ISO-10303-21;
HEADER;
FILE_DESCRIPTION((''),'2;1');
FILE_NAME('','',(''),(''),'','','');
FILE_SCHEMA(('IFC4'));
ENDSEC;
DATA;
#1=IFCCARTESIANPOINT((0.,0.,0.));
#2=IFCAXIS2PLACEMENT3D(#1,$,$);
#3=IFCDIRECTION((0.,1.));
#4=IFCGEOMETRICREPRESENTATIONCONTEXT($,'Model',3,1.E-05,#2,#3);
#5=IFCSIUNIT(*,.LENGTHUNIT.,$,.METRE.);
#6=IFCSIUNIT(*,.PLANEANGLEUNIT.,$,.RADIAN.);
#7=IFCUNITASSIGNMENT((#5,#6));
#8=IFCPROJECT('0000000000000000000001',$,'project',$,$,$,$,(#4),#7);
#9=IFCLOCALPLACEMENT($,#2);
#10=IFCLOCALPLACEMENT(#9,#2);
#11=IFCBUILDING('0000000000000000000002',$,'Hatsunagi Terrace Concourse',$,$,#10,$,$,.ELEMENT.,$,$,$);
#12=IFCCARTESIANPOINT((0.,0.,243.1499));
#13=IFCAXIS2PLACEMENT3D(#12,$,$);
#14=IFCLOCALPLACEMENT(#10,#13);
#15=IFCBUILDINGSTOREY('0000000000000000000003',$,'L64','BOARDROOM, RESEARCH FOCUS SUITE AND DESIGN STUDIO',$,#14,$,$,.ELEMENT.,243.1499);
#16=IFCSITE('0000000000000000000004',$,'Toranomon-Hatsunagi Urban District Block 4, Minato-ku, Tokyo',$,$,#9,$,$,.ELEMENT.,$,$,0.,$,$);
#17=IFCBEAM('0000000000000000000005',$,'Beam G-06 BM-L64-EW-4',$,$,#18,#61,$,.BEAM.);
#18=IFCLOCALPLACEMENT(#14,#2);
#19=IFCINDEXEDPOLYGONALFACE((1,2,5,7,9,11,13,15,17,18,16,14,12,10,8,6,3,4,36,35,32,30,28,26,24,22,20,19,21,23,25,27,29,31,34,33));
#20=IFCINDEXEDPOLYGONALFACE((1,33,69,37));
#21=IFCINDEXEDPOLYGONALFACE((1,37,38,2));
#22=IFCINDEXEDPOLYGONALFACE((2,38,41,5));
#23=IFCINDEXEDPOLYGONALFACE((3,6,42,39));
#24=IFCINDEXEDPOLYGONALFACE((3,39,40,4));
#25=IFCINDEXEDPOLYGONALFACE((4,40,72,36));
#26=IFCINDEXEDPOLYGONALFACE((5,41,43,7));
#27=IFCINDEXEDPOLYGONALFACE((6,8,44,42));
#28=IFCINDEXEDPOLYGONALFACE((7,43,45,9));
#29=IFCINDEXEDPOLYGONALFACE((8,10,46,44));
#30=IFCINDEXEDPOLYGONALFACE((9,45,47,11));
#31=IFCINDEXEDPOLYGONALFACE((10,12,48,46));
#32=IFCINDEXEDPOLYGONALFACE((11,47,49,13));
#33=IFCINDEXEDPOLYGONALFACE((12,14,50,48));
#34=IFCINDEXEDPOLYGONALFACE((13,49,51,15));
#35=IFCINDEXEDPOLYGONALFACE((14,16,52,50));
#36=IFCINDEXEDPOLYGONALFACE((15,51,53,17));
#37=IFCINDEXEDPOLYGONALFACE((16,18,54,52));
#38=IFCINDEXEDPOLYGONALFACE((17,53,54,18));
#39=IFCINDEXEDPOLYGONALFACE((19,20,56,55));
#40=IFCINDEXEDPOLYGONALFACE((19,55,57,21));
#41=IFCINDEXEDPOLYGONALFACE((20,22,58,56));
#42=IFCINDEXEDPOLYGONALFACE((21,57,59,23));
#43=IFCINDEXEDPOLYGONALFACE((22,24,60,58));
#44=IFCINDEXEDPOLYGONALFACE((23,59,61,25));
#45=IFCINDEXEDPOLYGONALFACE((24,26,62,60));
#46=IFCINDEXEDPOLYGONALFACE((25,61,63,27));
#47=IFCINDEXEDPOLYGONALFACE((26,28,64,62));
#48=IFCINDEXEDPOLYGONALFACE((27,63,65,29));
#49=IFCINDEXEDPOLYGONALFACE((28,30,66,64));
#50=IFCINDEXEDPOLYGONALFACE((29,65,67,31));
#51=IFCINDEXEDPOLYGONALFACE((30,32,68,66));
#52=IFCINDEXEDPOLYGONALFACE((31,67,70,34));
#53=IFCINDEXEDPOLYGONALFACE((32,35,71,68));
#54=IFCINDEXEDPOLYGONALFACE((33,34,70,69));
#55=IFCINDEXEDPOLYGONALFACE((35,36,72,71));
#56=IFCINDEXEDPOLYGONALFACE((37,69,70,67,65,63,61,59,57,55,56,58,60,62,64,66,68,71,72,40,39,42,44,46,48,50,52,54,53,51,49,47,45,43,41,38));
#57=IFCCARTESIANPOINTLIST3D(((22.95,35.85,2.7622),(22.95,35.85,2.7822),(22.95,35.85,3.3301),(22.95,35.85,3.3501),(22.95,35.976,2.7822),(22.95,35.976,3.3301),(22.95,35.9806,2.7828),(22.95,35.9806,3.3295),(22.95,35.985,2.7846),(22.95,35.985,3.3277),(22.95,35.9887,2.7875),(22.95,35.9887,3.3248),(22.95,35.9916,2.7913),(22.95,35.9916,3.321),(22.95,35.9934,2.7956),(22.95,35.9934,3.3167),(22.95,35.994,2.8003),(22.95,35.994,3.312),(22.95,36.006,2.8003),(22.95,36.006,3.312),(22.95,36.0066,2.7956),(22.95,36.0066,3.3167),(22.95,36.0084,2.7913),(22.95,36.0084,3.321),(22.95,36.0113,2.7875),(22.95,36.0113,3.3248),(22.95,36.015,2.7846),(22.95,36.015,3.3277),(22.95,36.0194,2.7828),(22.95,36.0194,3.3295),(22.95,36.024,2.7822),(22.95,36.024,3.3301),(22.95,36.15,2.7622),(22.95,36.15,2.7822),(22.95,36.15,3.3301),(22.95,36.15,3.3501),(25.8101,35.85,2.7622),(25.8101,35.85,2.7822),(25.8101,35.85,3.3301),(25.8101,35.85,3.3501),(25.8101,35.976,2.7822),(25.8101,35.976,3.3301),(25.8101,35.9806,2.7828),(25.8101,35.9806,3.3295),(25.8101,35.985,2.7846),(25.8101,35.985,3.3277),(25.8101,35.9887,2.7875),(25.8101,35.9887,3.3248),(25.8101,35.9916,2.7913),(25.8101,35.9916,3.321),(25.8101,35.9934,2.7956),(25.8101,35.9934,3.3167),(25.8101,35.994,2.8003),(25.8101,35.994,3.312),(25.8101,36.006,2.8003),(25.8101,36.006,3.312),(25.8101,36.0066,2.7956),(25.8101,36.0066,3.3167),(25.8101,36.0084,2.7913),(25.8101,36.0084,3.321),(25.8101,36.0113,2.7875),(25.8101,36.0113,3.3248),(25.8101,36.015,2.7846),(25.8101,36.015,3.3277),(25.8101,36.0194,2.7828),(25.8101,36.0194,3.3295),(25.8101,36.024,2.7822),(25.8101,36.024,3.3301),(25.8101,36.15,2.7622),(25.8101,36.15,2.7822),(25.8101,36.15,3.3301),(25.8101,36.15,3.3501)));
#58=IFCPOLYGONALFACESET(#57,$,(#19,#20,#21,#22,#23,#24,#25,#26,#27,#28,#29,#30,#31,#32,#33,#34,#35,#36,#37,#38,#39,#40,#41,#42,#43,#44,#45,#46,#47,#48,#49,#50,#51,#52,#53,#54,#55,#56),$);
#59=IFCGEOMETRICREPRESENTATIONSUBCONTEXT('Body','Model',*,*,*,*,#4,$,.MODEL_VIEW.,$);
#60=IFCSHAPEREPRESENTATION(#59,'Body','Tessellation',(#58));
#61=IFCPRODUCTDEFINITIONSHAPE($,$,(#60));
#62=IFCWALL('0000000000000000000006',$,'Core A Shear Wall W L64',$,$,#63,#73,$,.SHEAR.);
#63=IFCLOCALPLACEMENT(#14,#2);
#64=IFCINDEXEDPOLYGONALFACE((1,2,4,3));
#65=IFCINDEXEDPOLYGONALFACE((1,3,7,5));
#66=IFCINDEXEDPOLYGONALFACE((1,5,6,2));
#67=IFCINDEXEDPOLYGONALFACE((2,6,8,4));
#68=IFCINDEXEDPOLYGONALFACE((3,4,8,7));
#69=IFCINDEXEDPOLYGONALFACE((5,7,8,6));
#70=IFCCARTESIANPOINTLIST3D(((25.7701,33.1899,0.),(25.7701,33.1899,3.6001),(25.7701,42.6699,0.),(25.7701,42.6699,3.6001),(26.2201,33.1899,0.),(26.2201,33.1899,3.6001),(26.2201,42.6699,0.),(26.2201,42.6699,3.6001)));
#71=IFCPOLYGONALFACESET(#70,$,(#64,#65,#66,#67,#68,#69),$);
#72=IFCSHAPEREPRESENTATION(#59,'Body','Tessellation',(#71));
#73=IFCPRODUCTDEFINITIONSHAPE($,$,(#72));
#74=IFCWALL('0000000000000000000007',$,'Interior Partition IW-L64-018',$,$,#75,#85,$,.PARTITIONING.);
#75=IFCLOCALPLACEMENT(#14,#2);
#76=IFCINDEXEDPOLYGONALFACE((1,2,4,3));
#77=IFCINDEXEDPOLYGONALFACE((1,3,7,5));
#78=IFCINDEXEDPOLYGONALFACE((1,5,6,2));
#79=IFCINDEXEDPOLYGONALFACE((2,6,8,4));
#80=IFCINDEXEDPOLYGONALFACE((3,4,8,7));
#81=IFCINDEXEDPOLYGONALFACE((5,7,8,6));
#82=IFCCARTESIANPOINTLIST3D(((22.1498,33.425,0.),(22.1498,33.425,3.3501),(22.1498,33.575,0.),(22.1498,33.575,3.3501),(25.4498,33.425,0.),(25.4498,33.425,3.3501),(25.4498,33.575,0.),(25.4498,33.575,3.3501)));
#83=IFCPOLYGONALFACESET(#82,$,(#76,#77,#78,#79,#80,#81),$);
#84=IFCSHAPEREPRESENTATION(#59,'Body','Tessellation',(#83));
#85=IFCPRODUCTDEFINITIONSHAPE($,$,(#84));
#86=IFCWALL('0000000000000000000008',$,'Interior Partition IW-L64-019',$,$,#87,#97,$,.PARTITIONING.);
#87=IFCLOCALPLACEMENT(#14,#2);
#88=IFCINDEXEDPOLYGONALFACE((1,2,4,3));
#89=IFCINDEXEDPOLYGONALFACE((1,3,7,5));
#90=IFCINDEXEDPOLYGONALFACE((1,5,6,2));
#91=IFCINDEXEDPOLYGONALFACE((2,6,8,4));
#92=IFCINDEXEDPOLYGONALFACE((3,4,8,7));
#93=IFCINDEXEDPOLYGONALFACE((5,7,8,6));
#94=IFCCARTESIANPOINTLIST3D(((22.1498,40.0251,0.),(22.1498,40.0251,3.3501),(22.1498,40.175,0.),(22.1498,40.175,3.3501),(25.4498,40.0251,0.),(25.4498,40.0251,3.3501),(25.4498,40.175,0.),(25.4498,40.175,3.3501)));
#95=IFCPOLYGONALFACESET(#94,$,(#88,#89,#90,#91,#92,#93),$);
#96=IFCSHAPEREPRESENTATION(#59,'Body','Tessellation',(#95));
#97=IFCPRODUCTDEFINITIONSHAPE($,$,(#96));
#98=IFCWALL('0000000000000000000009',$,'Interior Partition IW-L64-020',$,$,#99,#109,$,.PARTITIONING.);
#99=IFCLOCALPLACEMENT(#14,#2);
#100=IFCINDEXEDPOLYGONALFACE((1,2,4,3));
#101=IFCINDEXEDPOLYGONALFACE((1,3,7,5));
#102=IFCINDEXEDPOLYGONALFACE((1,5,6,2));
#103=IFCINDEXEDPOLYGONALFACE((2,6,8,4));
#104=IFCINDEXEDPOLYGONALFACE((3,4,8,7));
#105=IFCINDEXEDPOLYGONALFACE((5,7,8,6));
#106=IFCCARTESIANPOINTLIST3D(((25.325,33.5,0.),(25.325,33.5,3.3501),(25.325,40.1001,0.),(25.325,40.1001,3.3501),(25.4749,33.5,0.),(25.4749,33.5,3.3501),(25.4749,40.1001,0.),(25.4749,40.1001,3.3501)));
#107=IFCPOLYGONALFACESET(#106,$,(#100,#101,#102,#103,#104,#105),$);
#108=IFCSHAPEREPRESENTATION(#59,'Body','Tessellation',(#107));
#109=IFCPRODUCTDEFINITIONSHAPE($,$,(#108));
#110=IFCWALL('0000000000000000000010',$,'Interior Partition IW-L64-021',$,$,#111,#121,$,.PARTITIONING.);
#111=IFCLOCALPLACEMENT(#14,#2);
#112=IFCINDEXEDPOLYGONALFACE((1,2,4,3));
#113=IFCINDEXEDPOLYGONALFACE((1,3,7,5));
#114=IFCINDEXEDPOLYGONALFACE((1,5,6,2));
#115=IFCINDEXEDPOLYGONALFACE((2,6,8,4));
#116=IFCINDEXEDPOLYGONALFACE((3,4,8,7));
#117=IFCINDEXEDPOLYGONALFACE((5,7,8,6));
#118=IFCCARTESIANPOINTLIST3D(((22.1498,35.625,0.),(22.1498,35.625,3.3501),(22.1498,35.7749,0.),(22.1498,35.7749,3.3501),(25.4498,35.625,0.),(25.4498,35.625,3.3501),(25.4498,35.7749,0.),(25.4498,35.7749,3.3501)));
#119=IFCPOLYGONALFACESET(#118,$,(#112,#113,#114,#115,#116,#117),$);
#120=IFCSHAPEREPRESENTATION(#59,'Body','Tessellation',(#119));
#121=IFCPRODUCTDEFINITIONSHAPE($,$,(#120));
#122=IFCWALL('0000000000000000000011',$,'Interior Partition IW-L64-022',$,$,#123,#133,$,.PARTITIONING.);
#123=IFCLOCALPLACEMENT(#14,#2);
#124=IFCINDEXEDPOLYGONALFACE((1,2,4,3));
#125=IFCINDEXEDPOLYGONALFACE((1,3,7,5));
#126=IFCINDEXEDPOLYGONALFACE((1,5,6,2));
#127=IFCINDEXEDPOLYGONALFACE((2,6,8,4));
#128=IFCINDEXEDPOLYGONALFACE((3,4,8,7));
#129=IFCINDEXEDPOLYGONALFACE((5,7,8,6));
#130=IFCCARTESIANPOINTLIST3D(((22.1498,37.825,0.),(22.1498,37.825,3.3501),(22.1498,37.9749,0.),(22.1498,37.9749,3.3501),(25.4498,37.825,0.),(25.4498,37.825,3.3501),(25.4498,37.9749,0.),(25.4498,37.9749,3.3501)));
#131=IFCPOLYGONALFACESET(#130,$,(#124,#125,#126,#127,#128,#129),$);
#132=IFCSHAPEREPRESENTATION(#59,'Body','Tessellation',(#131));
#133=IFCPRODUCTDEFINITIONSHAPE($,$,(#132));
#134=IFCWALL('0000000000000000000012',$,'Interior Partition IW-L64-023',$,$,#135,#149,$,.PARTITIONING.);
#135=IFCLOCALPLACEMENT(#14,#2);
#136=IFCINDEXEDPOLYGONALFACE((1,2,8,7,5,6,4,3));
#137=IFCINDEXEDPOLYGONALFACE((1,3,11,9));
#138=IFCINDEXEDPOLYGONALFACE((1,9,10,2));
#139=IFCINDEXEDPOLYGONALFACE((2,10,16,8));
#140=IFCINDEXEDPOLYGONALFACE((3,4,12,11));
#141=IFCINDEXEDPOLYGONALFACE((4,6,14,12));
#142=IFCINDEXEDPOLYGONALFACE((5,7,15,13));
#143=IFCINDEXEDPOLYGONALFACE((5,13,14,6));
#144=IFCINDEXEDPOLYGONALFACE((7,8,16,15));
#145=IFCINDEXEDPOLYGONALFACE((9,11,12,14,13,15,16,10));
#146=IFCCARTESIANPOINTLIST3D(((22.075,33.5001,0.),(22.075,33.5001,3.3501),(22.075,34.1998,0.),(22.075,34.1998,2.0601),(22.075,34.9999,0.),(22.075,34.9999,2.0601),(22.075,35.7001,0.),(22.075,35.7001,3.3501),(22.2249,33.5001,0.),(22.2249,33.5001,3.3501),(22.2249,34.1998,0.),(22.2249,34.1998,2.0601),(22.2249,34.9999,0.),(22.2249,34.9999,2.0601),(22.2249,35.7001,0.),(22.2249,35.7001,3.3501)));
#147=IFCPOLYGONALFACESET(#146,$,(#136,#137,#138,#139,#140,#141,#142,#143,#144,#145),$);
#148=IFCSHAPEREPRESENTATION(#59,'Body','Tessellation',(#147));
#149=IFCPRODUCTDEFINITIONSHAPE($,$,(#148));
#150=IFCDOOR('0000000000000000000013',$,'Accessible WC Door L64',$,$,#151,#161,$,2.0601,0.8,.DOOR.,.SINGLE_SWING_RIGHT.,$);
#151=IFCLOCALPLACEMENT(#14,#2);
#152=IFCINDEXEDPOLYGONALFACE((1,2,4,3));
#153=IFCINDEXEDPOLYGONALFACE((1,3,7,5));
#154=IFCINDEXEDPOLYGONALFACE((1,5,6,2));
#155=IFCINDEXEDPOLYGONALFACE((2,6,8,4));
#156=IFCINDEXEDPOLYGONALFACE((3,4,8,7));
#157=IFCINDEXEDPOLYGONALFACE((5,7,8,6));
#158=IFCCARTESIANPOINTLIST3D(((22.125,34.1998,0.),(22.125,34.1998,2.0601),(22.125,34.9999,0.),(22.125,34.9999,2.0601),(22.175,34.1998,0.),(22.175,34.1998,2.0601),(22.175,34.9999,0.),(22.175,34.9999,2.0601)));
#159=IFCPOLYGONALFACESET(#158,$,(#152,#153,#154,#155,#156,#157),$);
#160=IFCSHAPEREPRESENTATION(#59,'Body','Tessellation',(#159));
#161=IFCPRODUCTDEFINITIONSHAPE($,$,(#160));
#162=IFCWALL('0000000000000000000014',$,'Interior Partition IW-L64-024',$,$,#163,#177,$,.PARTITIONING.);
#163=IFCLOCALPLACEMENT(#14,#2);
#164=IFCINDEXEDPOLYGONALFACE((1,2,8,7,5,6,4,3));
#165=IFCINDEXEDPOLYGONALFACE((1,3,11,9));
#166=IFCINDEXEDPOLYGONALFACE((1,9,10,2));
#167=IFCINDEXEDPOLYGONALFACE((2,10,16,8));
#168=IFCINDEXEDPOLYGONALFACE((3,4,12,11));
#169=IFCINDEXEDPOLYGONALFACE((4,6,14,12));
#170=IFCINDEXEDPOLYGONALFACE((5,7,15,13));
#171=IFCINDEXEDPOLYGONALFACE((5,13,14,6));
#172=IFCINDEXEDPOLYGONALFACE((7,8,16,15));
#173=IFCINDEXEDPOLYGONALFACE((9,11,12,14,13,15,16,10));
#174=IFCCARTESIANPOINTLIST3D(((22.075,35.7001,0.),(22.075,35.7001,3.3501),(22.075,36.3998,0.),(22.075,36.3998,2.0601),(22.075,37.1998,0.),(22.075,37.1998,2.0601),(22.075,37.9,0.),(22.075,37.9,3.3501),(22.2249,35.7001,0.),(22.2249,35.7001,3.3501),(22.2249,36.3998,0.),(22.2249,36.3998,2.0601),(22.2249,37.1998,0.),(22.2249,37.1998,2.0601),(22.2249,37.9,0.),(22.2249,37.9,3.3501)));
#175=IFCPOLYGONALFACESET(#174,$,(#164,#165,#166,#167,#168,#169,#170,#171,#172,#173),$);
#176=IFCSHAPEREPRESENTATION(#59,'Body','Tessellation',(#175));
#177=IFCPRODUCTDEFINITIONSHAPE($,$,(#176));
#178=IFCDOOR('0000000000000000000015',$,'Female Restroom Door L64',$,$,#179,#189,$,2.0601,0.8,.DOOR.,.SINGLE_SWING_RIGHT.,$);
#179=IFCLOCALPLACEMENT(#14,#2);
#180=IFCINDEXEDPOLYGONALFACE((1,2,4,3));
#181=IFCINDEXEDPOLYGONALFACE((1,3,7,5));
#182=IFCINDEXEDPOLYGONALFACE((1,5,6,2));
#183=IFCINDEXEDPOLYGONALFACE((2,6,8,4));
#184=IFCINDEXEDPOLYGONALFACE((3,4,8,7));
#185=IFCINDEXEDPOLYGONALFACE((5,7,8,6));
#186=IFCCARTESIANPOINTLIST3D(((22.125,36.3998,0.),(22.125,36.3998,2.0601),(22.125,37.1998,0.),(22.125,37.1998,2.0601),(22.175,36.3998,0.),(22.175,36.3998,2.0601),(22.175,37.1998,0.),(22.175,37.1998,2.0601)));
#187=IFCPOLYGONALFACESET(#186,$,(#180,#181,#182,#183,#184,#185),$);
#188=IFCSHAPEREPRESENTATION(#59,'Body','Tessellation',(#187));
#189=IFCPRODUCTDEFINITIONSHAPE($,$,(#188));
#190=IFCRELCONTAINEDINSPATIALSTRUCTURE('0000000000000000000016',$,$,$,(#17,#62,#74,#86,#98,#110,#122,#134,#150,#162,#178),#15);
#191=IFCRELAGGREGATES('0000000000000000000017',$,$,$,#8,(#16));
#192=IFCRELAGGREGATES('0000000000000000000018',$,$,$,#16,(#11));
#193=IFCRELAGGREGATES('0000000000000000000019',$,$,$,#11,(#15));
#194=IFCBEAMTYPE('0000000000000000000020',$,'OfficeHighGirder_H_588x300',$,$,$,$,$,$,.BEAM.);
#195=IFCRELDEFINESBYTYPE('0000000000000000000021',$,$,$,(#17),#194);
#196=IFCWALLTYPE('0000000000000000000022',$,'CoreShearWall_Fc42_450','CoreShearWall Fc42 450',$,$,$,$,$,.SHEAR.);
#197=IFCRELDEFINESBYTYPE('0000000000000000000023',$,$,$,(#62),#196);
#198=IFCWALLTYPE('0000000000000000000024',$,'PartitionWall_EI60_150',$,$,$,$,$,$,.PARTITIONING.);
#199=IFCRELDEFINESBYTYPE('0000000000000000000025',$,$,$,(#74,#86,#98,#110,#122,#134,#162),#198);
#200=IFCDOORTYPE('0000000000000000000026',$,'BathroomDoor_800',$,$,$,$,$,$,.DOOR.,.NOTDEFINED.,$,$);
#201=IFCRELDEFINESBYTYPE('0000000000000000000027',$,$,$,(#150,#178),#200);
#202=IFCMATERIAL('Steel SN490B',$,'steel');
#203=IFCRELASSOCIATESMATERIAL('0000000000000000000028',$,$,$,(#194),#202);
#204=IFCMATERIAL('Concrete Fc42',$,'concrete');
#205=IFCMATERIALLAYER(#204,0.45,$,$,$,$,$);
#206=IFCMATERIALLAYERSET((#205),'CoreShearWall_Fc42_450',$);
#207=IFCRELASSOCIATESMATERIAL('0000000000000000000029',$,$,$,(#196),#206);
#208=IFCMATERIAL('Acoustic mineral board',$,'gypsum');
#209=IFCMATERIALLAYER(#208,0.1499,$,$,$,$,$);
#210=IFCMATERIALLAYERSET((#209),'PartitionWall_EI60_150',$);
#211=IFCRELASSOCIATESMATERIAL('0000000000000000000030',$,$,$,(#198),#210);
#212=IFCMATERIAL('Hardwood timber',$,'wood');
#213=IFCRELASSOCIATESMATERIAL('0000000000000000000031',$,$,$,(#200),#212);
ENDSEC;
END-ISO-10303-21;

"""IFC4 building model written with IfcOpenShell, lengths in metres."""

from ifc_helpers import new_model, si_unit, direction, frame, frame_2d, origin, origin_2d, place, context, subcontext, project, spatial, rectangle, i_section, extrude, material, layer, layer_set, material_profile, profile_set, type_object, element, fill, save


model = new_model("IFC4")

# Units and contexts
model_context = context("Model", 3, precision=1e-05, world=origin(), true_north=direction((0.0, 1.0)))
body_context = subcontext(model_context, "Body", "Model", "MODEL_VIEW")
ifc_project = project(units=[si_unit("LENGTHUNIT", "METRE"), si_unit("PLANEANGLEUNIT", "RADIAN")], contexts=[model_context])

# Site, building, storey
site_placement = place(None, origin())
site = spatial("IfcSite", under=ifc_project, at=site_placement, Name="Toranomon-Hatsunagi Urban District Block 4, Minato-ku, Tokyo", CompositionType="ELEMENT", RefElevation=0.0)
building_placement = place(site_placement, origin())
building = spatial("IfcBuilding", under=site, at=building_placement, Name="Hatsunagi Terrace Concourse", CompositionType="ELEMENT")
storey_placement = place(building_placement, frame((0.0, 0.0, 243.1499)))
storey = spatial("IfcBuildingStorey", under=building, at=storey_placement, Name="L64", Description="BOARDROOM, RESEARCH FOCUS SUITE AND DESIGN STUDIO", CompositionType="ELEMENT", Elevation=243.1499)

# Beam
ifc_material_1 = material(Name="Steel SN490B", Category="steel")
ifc_material_profile = material_profile(ifc_material_1, i_section(OverallWidth=0.3, OverallDepth=0.5879, WebThickness=0.012, FlangeThickness=0.02, FilletRadius=0.0181, at=origin_2d()), Name="H-588x300x12x20")
ifc_profile_set = profile_set([ifc_material_profile], Name="Steel SN490B")
beam_type = type_object("IfcBeamType", Name="OfficeHighGirder_H_588x300", PredefinedType="BEAM", material=ifc_profile_set)
beam_placement = place(storey_placement, frame((22.95, 36.0, 3.0562), z_axis=(1.0, 0.0, 0.0), x_axis=(0.0, 1.0, 0.0)))
element("IfcBeam", 1, at=beam_placement, inside=storey, type_object=beam_type, Name="Beam G-06 BM-L64-EW-4", PredefinedType="BEAM", context=body_context, shape_type="SweptSolid", body=[
    extrude(i_section(OverallWidth=0.3, OverallDepth=0.5879, WebThickness=0.012, FlangeThickness=0.02, FilletRadius=0.0181, at=origin_2d()), origin(), (0.0, 0.0, 1.0), 2.8601),
])

# Walls
ifc_material_2 = material(Name="Concrete Fc42", Category="concrete")
ifc_layer_1 = layer(ifc_material_2, 0.45)
ifc_layer_set_1 = layer_set([ifc_layer_1], Name="CoreShearWall_Fc42_450")
wall_type_1 = type_object("IfcWallType", Name="CoreShearWall_Fc42_450", Description="CoreShearWall Fc42 450", PredefinedType="SHEAR", material=ifc_layer_set_1)
wall_1_placement = place(storey_placement, frame((25.9951, 33.1899, 0.0), z_axis=(0.0, 0.0, 1.0), x_axis=(0.0, 1.0, 0.0)))
element("IfcWall", 2, at=wall_1_placement, inside=storey, type_object=wall_type_1, Name="Core A Shear Wall W L64", PredefinedType="SHEAR", context=body_context, shape_type="SweptSolid", body=[
    extrude(rectangle(XDim=9.48, YDim=0.45, at=frame_2d((4.74, 0.0))), origin(), (0.0, 0.0, 1.0), 3.6001),
])
ifc_material_3 = material(Name="Acoustic mineral board", Category="gypsum")
ifc_layer_2 = layer(ifc_material_3, 0.1499)
ifc_layer_set_2 = layer_set([ifc_layer_2], Name="PartitionWall_EI60_150")
wall_type_2 = type_object("IfcWallType", Name="PartitionWall_EI60_150", PredefinedType="PARTITIONING", material=ifc_layer_set_2)
for number, where, z_axis, x_axis, name in (
    (3, (22.1499, 33.5, 0.0), (0.0, 0.0, 1.0), (1.0, 0.0, 0.0), "Interior Partition IW-L64-018"),
    (4, (22.1499, 40.1001, 0.0), (0.0, 0.0, 1.0), (1.0, 0.0, 0.0), "Interior Partition IW-L64-019"),
):
    element("IfcWall", number, at=place(storey_placement, frame(where, z_axis=z_axis, x_axis=x_axis)), inside=storey, type_object=wall_type_2, Name=name, PredefinedType="PARTITIONING", context=body_context, shape_type="SweptSolid", body=[
        extrude(rectangle(XDim=3.3, YDim=0.1499, at=frame_2d((1.6499, 0.0))), origin(), (0.0, 0.0, 1.0), 3.3501),
    ])
wall_2_placement = place(storey_placement, frame((25.3999, 33.5, 0.0), z_axis=(0.0, 0.0, 1.0), x_axis=(0.0, 1.0, 0.0)))
element("IfcWall", 5, at=wall_2_placement, inside=storey, type_object=wall_type_2, Name="Interior Partition IW-L64-020", PredefinedType="PARTITIONING", context=body_context, shape_type="SweptSolid", body=[
    extrude(rectangle(XDim=6.6001, YDim=0.1499, at=frame_2d((3.3, 0.0))), origin(), (0.0, 0.0, 1.0), 3.3501),
])
for number, where, z_axis, x_axis, name in (
    (6, (22.1499, 35.7, 0.0), (0.0, 0.0, 1.0), (1.0, 0.0, 0.0), "Interior Partition IW-L64-021"),
    (7, (22.1499, 37.8999, 0.0), (0.0, 0.0, 1.0), (1.0, 0.0, 0.0), "Interior Partition IW-L64-022"),
):
    element("IfcWall", number, at=place(storey_placement, frame(where, z_axis=z_axis, x_axis=x_axis)), inside=storey, type_object=wall_type_2, Name=name, PredefinedType="PARTITIONING", context=body_context, shape_type="SweptSolid", body=[
        extrude(rectangle(XDim=3.3, YDim=0.1499, at=frame_2d((1.6499, 0.0))), origin(), (0.0, 0.0, 1.0), 3.3501),
    ])

# Walls, openings, doors
wall_3_placement = place(storey_placement, frame((22.1499, 33.5, 0.0), z_axis=(0.0, 0.0, 1.0), x_axis=(0.0, 1.0, 0.0)))
wall_3 = element("IfcWall", 8, at=wall_3_placement, inside=storey, type_object=wall_type_2, Name="Interior Partition IW-L64-023", PredefinedType="PARTITIONING", context=body_context, shape_type="SweptSolid", body=[
    extrude(rectangle(XDim=2.2, YDim=0.1499, at=frame_2d((1.1001, 0.0))), origin(), (0.0, 0.0, 1.0), 3.3501),
])
opening_1_placement = place(wall_3_placement, frame((0.7, 0.0, 0.0)))
opening_1 = element("IfcOpeningElement", 9, at=opening_1_placement, cuts=wall_3, PredefinedType="OPENING", context=body_context, shape_type="SweptSolid", body=[
    extrude(rectangle(XDim=0.8, YDim=2.0601, at=frame_2d((0.3999, 1.03))), frame((0.0, 0.085, 0.0), z_axis=(0.0, -1.0, 0.0), x_axis=(1.0, 0.0, 0.0)), (0.0, 0.0, 1.0), 0.1699),
])
ifc_material_4 = material(Name="Hardwood timber", Category="wood")
door_type = type_object("IfcDoorType", Name="BathroomDoor_800", OperationType="NOTDEFINED", PredefinedType="DOOR", material=ifc_material_4)
door_1_placement = place(opening_1_placement, origin())
door_1 = element("IfcDoor", 10, at=door_1_placement, inside=storey, type_object=door_type, Name="Accessible WC Door L64", OperationType="SINGLE_SWING_RIGHT", OverallHeight=2.0601, OverallWidth=0.8, PredefinedType="DOOR", context=body_context, shape_type="SweptSolid", body=[
    extrude(rectangle(XDim=0.8, YDim=2.0601, at=frame_2d((0.3999, 1.03))), frame((0.0, 0.0249, 0.0), z_axis=(0.0, -1.0, 0.0), x_axis=(1.0, 0.0, 0.0)), (0.0, 0.0, 1.0), 0.05),
])
fill(opening_1, door_1)
wall_4_placement = place(storey_placement, frame((22.1499, 35.7, 0.0), z_axis=(0.0, 0.0, 1.0), x_axis=(0.0, 1.0, 0.0)))
wall_4 = element("IfcWall", 11, at=wall_4_placement, inside=storey, type_object=wall_type_2, Name="Interior Partition IW-L64-024", PredefinedType="PARTITIONING", context=body_context, shape_type="SweptSolid", body=[
    extrude(rectangle(XDim=2.2, YDim=0.1499, at=frame_2d((1.1001, 0.0))), origin(), (0.0, 0.0, 1.0), 3.3501),
])
opening_2_placement = place(wall_4_placement, frame((0.7, 0.0, 0.0)))
opening_2 = element("IfcOpeningElement", 12, at=opening_2_placement, cuts=wall_4, PredefinedType="OPENING", context=body_context, shape_type="SweptSolid", body=[
    extrude(rectangle(XDim=0.8, YDim=2.0601, at=frame_2d((0.3999, 1.03))), frame((0.0, 0.085, 0.0), z_axis=(0.0, -1.0, 0.0), x_axis=(1.0, 0.0, 0.0)), (0.0, 0.0, 1.0), 0.1699),
])
door_2_placement = place(opening_2_placement, origin())
door_2 = element("IfcDoor", 13, at=door_2_placement, inside=storey, type_object=door_type, Name="Female Restroom Door L64", OperationType="SINGLE_SWING_RIGHT", OverallHeight=2.0601, OverallWidth=0.8, PredefinedType="DOOR", context=body_context, shape_type="SweptSolid", body=[
    extrude(rectangle(XDim=0.8, YDim=2.0601, at=frame_2d((0.3999, 1.03))), frame((0.0, 0.0249, 0.0), z_axis=(0.0, -1.0, 0.0), x_axis=(1.0, 0.0, 0.0)), (0.0, 0.0, 1.0), 0.05),
])
fill(opening_2, door_2)

save(model, "model.ifc")
